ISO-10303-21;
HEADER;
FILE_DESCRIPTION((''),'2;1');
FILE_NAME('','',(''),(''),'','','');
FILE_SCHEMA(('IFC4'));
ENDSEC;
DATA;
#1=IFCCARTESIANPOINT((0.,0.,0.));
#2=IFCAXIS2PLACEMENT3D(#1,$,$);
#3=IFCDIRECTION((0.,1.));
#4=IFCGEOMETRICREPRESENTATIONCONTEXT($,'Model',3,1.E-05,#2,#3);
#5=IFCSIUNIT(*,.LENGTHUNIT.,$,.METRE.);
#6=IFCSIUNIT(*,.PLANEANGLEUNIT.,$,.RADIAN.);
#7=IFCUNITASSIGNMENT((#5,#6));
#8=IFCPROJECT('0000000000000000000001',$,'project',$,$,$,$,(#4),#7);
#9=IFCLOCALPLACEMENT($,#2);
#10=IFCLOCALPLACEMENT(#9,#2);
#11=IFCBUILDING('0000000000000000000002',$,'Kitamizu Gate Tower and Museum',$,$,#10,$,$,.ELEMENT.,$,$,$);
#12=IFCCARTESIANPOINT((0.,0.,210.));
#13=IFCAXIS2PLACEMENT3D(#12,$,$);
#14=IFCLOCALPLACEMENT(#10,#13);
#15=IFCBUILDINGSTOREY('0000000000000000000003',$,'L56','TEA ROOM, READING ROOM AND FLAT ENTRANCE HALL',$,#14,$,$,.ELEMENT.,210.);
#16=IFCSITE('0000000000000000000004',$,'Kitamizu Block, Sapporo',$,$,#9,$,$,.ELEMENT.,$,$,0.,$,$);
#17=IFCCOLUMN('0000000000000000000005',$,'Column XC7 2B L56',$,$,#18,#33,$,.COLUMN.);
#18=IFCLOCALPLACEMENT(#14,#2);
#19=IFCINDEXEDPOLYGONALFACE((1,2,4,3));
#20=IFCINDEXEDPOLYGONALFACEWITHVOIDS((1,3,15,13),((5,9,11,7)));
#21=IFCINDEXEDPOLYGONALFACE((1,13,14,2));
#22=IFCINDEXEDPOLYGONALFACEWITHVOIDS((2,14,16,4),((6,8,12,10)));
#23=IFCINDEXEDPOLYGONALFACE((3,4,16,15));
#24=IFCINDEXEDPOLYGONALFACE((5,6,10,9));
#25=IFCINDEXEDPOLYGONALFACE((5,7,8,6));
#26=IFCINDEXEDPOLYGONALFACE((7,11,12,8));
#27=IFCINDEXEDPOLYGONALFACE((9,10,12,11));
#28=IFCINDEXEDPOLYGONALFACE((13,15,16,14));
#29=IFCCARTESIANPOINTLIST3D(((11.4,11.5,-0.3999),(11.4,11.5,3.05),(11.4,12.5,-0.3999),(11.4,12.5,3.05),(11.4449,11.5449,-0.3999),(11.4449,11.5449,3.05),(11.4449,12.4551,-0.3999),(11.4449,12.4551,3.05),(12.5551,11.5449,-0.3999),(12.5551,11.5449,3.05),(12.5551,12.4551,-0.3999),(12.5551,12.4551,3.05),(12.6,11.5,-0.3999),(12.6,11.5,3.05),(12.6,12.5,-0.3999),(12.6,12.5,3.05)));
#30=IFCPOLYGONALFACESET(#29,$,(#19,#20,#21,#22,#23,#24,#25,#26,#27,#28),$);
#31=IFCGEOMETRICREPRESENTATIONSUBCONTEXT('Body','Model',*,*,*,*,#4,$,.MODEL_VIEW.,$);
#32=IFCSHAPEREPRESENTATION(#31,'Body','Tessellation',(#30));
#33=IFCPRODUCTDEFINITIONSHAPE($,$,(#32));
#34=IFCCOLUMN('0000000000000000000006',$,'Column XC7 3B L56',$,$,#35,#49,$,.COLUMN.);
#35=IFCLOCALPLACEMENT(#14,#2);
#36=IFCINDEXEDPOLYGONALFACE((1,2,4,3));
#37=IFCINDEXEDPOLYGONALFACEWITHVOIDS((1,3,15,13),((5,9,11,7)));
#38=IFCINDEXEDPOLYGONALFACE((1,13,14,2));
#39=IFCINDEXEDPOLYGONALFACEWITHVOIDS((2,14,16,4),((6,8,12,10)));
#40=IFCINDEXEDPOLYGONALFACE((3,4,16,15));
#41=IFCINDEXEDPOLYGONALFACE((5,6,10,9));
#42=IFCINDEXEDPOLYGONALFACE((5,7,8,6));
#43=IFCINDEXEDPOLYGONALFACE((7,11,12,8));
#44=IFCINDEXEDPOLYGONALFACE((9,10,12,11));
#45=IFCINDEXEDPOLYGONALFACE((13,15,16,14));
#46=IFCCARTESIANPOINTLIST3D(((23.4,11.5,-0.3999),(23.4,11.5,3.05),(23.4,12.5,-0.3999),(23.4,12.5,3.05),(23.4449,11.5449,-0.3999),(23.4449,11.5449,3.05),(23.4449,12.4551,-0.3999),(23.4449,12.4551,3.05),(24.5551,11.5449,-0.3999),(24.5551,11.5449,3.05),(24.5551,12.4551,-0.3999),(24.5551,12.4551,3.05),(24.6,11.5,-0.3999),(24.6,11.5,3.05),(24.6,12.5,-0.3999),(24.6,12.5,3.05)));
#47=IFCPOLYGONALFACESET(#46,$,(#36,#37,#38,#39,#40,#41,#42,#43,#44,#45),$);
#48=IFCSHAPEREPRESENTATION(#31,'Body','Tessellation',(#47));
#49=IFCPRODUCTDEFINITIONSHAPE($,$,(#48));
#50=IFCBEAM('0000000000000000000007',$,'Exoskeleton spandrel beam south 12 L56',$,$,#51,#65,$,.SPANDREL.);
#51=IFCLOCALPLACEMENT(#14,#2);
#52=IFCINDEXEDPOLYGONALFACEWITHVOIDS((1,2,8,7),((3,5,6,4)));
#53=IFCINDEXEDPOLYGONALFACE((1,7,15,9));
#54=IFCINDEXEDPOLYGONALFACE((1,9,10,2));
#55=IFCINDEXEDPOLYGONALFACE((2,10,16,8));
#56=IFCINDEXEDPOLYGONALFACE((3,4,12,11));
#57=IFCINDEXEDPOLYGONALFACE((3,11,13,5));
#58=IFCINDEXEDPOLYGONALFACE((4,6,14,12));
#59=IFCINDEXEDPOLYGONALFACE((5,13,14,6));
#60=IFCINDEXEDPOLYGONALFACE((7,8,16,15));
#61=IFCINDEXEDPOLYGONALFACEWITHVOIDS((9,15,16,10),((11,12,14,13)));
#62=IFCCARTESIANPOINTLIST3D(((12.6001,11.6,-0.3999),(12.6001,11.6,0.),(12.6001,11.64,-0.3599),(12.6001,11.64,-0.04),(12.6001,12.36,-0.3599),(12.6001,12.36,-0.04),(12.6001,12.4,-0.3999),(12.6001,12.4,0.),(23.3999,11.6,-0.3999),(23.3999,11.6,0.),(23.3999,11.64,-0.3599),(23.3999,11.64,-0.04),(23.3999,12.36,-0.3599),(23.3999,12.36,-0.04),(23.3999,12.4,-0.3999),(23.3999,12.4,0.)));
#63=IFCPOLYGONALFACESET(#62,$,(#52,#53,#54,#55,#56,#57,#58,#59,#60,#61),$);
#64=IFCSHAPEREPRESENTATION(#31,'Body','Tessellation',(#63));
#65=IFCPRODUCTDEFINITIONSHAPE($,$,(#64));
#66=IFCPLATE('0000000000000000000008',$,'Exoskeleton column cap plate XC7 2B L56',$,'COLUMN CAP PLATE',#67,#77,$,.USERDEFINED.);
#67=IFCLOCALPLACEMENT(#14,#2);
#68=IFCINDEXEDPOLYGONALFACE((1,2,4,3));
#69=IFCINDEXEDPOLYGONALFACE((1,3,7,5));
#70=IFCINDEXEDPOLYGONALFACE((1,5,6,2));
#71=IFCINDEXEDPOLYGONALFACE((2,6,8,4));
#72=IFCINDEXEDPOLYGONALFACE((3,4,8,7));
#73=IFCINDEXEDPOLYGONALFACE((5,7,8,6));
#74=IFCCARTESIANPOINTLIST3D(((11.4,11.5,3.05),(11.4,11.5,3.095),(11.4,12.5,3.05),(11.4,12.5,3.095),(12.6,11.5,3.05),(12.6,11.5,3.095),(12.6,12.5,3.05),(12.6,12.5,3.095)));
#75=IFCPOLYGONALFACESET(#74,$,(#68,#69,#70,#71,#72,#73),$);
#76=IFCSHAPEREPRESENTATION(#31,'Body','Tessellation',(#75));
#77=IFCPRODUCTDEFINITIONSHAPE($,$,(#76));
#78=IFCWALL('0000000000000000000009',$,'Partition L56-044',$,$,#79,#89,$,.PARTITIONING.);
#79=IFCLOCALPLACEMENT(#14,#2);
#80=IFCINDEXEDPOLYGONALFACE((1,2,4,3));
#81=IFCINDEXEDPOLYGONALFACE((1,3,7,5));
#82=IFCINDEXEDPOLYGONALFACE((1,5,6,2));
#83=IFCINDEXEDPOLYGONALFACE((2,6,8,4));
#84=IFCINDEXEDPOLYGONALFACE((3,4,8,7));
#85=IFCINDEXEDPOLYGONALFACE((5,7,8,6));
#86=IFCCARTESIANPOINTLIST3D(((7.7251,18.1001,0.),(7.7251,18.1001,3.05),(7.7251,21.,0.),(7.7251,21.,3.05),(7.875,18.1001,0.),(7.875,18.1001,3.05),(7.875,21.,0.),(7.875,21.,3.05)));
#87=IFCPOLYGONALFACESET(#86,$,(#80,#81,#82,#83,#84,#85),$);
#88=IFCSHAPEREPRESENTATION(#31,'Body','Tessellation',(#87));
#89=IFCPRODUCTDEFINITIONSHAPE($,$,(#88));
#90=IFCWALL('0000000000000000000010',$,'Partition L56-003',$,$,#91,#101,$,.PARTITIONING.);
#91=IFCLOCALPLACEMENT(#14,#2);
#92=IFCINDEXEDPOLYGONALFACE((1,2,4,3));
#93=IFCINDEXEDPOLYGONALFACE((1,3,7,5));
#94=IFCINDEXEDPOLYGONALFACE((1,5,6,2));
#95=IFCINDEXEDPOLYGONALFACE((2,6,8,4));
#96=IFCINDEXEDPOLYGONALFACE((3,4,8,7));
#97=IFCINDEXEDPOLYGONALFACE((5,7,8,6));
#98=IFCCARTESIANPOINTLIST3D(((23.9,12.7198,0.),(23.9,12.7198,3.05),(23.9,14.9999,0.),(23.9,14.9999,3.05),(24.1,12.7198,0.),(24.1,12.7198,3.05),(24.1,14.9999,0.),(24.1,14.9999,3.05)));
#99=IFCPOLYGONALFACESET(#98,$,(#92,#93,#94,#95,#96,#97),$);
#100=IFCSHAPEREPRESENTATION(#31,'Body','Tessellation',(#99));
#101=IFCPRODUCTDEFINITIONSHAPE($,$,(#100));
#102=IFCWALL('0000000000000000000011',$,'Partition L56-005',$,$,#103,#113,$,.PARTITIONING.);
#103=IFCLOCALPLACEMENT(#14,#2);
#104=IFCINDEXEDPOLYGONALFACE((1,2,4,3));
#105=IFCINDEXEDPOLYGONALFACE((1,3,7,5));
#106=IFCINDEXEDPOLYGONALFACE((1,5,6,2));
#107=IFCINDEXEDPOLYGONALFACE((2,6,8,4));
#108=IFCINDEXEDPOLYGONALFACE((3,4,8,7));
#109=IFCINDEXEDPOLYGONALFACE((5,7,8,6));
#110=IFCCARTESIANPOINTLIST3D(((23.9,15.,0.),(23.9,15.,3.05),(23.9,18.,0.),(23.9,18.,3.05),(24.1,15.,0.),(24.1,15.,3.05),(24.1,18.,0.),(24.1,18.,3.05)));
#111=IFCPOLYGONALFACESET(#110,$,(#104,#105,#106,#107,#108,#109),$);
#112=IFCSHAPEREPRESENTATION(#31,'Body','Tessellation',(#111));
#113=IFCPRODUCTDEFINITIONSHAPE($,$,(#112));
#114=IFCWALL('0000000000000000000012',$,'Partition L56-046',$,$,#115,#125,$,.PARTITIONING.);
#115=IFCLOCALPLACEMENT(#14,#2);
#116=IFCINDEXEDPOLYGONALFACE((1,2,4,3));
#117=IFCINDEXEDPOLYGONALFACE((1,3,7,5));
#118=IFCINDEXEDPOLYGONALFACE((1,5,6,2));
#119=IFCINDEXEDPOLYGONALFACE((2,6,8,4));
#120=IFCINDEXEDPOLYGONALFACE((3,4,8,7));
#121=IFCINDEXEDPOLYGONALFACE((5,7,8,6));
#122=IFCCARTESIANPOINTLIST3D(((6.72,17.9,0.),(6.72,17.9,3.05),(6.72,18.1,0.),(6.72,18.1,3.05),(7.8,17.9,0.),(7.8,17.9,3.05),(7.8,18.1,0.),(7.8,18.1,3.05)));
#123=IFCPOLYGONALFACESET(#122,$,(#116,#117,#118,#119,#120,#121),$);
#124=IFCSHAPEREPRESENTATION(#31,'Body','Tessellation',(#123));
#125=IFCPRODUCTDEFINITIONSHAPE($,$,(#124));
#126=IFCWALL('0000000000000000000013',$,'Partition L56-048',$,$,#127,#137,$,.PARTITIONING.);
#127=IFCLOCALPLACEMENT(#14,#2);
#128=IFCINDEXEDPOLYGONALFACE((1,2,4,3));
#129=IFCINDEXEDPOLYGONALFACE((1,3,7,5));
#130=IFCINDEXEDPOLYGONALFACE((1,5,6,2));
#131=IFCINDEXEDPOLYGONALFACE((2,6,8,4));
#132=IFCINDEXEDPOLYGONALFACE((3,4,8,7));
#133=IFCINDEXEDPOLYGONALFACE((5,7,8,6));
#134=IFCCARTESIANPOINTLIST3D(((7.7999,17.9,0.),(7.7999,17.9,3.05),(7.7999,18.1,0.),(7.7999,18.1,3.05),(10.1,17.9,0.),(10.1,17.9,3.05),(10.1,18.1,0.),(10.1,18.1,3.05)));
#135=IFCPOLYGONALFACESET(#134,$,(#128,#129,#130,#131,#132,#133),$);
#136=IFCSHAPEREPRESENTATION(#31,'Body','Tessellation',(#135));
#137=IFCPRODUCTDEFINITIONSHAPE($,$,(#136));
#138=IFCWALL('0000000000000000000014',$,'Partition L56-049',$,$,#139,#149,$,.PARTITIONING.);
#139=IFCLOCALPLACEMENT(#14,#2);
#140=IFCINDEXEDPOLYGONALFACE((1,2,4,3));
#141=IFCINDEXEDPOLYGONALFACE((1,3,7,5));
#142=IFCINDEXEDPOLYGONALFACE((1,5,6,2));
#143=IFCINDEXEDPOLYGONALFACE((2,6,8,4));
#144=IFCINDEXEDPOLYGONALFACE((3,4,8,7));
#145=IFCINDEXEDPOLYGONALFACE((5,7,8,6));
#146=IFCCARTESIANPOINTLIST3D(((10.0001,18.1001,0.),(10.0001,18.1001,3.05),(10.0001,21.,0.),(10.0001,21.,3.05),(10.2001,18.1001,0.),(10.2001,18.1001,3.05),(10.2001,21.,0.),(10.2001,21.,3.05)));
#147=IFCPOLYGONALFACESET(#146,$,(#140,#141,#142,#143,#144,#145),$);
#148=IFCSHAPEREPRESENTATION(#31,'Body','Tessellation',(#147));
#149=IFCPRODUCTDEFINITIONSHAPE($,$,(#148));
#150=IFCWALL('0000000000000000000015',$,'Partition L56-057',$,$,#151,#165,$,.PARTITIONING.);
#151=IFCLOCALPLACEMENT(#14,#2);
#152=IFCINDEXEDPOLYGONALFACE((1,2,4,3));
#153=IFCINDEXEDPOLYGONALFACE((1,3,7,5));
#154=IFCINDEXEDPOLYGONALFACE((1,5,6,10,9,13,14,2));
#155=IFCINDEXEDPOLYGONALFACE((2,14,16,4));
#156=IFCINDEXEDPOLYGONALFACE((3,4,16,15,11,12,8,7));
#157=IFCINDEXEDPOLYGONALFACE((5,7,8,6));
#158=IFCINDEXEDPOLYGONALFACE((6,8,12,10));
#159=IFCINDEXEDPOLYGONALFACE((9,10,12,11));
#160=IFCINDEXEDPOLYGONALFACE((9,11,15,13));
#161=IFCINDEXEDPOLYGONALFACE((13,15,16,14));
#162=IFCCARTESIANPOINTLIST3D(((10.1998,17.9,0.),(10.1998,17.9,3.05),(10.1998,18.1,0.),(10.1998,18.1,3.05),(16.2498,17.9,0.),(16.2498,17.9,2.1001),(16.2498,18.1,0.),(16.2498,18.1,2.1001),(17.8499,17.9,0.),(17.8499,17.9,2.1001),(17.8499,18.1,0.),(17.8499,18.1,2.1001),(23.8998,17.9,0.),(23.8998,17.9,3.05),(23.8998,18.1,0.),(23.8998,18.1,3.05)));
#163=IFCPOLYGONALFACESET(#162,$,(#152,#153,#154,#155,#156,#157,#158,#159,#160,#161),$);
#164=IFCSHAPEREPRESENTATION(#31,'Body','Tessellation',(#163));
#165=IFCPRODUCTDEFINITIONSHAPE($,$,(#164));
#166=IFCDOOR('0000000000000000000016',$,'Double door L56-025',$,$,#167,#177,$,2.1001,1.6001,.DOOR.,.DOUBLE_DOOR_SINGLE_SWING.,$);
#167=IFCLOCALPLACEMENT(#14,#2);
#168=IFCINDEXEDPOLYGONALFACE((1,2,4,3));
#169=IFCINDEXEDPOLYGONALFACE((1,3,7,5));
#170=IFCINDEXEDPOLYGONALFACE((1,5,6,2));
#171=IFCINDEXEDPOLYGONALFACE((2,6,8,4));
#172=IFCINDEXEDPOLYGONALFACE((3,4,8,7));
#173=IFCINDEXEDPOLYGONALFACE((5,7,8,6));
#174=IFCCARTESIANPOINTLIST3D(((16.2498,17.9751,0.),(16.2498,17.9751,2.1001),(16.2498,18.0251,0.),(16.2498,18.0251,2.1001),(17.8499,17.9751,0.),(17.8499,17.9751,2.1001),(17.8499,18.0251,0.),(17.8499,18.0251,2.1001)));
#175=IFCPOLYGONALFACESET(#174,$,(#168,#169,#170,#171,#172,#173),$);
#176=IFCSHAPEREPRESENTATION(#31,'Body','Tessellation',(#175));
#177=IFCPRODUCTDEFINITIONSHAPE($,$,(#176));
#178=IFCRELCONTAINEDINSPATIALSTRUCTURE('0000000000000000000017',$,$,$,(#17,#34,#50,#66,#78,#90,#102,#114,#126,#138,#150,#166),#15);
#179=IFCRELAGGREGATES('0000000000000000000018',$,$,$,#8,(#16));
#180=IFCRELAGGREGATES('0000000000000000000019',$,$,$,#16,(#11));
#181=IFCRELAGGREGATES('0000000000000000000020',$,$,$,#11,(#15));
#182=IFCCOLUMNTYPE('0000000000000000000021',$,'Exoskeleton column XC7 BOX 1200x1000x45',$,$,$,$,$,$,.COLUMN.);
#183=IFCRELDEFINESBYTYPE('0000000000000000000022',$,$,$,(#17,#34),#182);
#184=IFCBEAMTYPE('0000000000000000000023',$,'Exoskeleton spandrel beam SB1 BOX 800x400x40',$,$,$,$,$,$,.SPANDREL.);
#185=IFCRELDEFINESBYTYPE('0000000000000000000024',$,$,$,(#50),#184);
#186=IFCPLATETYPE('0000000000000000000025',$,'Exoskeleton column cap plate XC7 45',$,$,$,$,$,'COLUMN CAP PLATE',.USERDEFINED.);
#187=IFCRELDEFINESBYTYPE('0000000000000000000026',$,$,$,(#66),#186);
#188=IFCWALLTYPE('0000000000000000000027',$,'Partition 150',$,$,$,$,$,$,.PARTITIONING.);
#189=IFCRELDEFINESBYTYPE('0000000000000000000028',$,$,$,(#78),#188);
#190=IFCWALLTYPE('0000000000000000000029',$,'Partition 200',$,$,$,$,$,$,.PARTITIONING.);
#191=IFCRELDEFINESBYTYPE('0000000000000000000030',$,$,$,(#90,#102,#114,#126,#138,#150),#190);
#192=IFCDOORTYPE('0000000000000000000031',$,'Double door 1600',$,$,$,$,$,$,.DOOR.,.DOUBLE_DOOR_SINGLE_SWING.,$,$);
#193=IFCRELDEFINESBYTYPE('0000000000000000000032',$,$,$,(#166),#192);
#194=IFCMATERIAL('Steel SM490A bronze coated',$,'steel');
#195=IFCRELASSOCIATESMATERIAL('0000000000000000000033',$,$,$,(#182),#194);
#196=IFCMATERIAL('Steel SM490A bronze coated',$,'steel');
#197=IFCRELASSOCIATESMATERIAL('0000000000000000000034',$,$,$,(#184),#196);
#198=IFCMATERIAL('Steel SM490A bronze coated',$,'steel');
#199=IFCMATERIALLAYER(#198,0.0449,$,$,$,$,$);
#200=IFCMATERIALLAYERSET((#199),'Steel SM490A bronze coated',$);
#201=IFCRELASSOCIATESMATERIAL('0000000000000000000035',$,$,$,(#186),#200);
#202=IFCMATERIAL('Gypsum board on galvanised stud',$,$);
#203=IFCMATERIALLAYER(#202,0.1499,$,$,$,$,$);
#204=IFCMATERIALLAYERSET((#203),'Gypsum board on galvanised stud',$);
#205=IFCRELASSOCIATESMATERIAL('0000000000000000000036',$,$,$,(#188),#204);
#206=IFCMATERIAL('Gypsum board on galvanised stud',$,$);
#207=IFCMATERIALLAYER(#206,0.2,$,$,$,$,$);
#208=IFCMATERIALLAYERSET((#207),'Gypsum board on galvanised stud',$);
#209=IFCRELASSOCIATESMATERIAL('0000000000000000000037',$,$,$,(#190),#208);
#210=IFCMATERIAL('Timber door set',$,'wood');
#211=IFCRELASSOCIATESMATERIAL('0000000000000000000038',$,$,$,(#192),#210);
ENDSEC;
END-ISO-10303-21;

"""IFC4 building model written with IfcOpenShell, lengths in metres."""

from ifc_helpers import new_model, si_unit, direction, frame, frame_2d, origin, origin_2d, place, context, subcontext, project, spatial, rectangle, hollow_rectangle, extrude, material, layer, layer_set, material_profile, profile_set, type_object, element, fill, save


model = new_model("IFC4")

# Units and contexts
model_context = context("Model", 3, precision=1e-05, world=origin(), true_north=direction((0.0, 1.0)))
body_context = subcontext(model_context, "Body", "Model", "MODEL_VIEW")
ifc_project = project(units=[si_unit("LENGTHUNIT", "METRE"), si_unit("PLANEANGLEUNIT", "RADIAN")], contexts=[model_context])

# Site, building, storey
site_placement = place(None, origin())
site = spatial("IfcSite", under=ifc_project, at=site_placement, Name="Kitamizu Block, Sapporo", CompositionType="ELEMENT", RefElevation=0.0)
building_placement = place(site_placement, origin())
building = spatial("IfcBuilding", under=site, at=building_placement, Name="Kitamizu Gate Tower and Museum", CompositionType="ELEMENT")
storey_placement = place(building_placement, frame((0.0, 0.0, 210.0)))
storey = spatial("IfcBuildingStorey", under=building, at=storey_placement, Name="L56", Description="TEA ROOM, READING ROOM AND FLAT ENTRANCE HALL", CompositionType="ELEMENT", Elevation=210.0)

# Columns
ifc_material_1 = material(Name="Steel SM490A bronze coated", Category="steel")
ifc_material_profile_1 = material_profile(ifc_material_1, hollow_rectangle(XDim=1.2, YDim=1.0, WallThickness=0.0449, at=origin_2d()), Name="BOX 1200x1000x45")
ifc_profile_set_1 = profile_set([ifc_material_profile_1], Name="Steel SM490A bronze coated")
column_type = type_object("IfcColumnType", Name="Exoskeleton column XC7 BOX 1200x1000x45", PredefinedType="COLUMN", material=ifc_profile_set_1)
for number, where, z_axis, x_axis, name in (
    (1, (12.0, 12.0, -0.3999), (0.0, 0.0, 1.0), (1.0, 0.0, 0.0), "Column XC7 2B L56"),
    (2, (24.0, 12.0, -0.3999), (0.0, 0.0, 1.0), (1.0, 0.0, 0.0), "Column XC7 3B L56"),
):
    element("IfcColumn", number, at=place(storey_placement, frame(where, z_axis=z_axis, x_axis=x_axis)), inside=storey, type_object=column_type, Name=name, PredefinedType="COLUMN", context=body_context, shape_type="SweptSolid", body=[
        extrude(hollow_rectangle(XDim=1.2, YDim=1.0, WallThickness=0.0449, at=origin_2d()), origin(), (0.0, 0.0, 1.0), 3.45),
    ])

# Beam
ifc_material_2 = material(Name="Steel SM490A bronze coated", Category="steel")
ifc_material_profile_2 = material_profile(ifc_material_2, hollow_rectangle(XDim=0.8, YDim=0.3999, WallThickness=0.04, at=origin_2d()), Name="BOX 800x400x40")
ifc_profile_set_2 = profile_set([ifc_material_profile_2], Name="Steel SM490A bronze coated")
beam_type = type_object("IfcBeamType", Name="Exoskeleton spandrel beam SB1 BOX 800x400x40", PredefinedType="SPANDREL", material=ifc_profile_set_2)
beam_placement = place(storey_placement, frame((12.6001, 12.0, -0.2), z_axis=(1.0, 0.0, 0.0), x_axis=(0.0, 1.0, 0.0)))
element("IfcBeam", 3, at=beam_placement, inside=storey, type_object=beam_type, Name="Exoskeleton spandrel beam south 12 L56", PredefinedType="SPANDREL", context=body_context, shape_type="SweptSolid", body=[
    extrude(hollow_rectangle(XDim=0.8, YDim=0.3999, WallThickness=0.04, at=origin_2d()), origin(), (0.0, 0.0, 1.0), 10.7998),
])

# Plate
ifc_material_3 = material(Name="Steel SM490A bronze coated", Category="steel")
ifc_layer_1 = layer(ifc_material_3, 0.0449)
ifc_layer_set_1 = layer_set([ifc_layer_1], Name="Steel SM490A bronze coated")
plate_type = type_object("IfcPlateType", Name="Exoskeleton column cap plate XC7 45", ElementType="COLUMN CAP PLATE", PredefinedType="USERDEFINED", material=ifc_layer_set_1)
plate_placement = place(storey_placement, frame((12.0, 12.0, 3.05), z_axis=(0.0, 0.0, 1.0), x_axis=(1.0, 0.0, 0.0)))
element("IfcPlate", 4, at=plate_placement, inside=storey, type_object=plate_type, Name="Exoskeleton column cap plate XC7 2B L56", ObjectType="COLUMN CAP PLATE", PredefinedType="USERDEFINED", context=body_context, shape_type="SweptSolid", body=[
    extrude(rectangle(XDim=1.2, YDim=1.0, at=origin_2d()), origin(), (0.0, 0.0, 1.0), 0.0449),
])

# Walls
ifc_material_4 = material(Name="Gypsum board on galvanised stud")
ifc_layer_2 = layer(ifc_material_4, 0.1499)
ifc_layer_set_2 = layer_set([ifc_layer_2], Name="Gypsum board on galvanised stud")
wall_type_1 = type_object("IfcWallType", Name="Partition 150", PredefinedType="PARTITIONING", material=ifc_layer_set_2)
wall_1_placement = place(storey_placement, frame((7.8, 18.1001, 0.0), z_axis=(0.0, 0.0, 1.0), x_axis=(0.0, 1.0, 0.0)))
element("IfcWall", 5, at=wall_1_placement, inside=storey, type_object=wall_type_1, Name="Partition L56-044", PredefinedType="PARTITIONING", context=body_context, shape_type="SweptSolid", body=[
    extrude(rectangle(XDim=2.8999, YDim=0.1499, at=frame_2d((1.45, 0.0))), origin(), (0.0, 0.0, 1.0), 3.05),
])
ifc_material_5 = material(Name="Gypsum board on galvanised stud")
ifc_layer_3 = layer(ifc_material_5, 0.2)
ifc_layer_set_3 = layer_set([ifc_layer_3], Name="Gypsum board on galvanised stud")
wall_type_2 = type_object("IfcWallType", Name="Partition 200", PredefinedType="PARTITIONING", material=ifc_layer_set_3)
wall_2_placement = place(storey_placement, frame((24.0, 15.0, 0.0), z_axis=(0.0, 0.0, 1.0), x_axis=(0.0, -1.0, 0.0)))
element("IfcWall", 6, at=wall_2_placement, inside=storey, type_object=wall_type_2, Name="Partition L56-003", PredefinedType="PARTITIONING", context=body_context, shape_type="SweptSolid", body=[
    extrude(rectangle(XDim=2.28, YDim=0.2, at=frame_2d((1.1401, 0.0))), origin(), (0.0, 0.0, 1.0), 3.05),
])
wall_3_placement = place(storey_placement, frame((24.0, 18.0, 0.0), z_axis=(0.0, 0.0, 1.0), x_axis=(0.0, -1.0, 0.0)))
element("IfcWall", 7, at=wall_3_placement, inside=storey, type_object=wall_type_2, Name="Partition L56-005", PredefinedType="PARTITIONING", context=body_context, shape_type="SweptSolid", body=[
    extrude(rectangle(XDim=3.0, YDim=0.2, at=frame_2d((1.5, 0.0))), origin(), (0.0, 0.0, 1.0), 3.05),
])
wall_4_placement = place(storey_placement, frame((6.72, 18.0, 0.0), z_axis=(0.0, 0.0, 1.0), x_axis=(1.0, 0.0, 0.0)))
element("IfcWall", 8, at=wall_4_placement, inside=storey, type_object=wall_type_2, Name="Partition L56-046", PredefinedType="PARTITIONING", context=body_context, shape_type="SweptSolid", body=[
    extrude(rectangle(XDim=1.0801, YDim=0.2, at=frame_2d((0.54, 0.0))), origin(), (0.0, 0.0, 1.0), 3.05),
])
wall_5_placement = place(storey_placement, frame((7.8, 18.0, 0.0), z_axis=(0.0, 0.0, 1.0), x_axis=(1.0, 0.0, 0.0)))
element("IfcWall", 9, at=wall_5_placement, inside=storey, type_object=wall_type_2, Name="Partition L56-048", PredefinedType="PARTITIONING", context=body_context, shape_type="SweptSolid", body=[
    extrude(rectangle(XDim=2.3, YDim=0.2, at=frame_2d((1.1499, 0.0))), origin(), (0.0, 0.0, 1.0), 3.05),
])
wall_6_placement = place(storey_placement, frame((10.1001, 18.1001, 0.0), z_axis=(0.0, 0.0, 1.0), x_axis=(0.0, 1.0, 0.0)))
element("IfcWall", 10, at=wall_6_placement, inside=storey, type_object=wall_type_2, Name="Partition L56-049", PredefinedType="PARTITIONING", context=body_context, shape_type="SweptSolid", body=[
    extrude(rectangle(XDim=2.8999, YDim=0.2, at=frame_2d((1.45, 0.0))), origin(), (0.0, 0.0, 1.0), 3.05),
])

# Wall, opening, door
wall_7_placement = place(storey_placement, frame((23.8999, 18.0, 0.0), z_axis=(0.0, 0.0, 1.0), x_axis=(-1.0, 0.0, 0.0)))
wall_7 = element("IfcWall", 11, at=wall_7_placement, inside=storey, type_object=wall_type_2, Name="Partition L56-057", PredefinedType="PARTITIONING", context=body_context, shape_type="SweptSolid", body=[
    extrude(rectangle(XDim=13.7, YDim=0.2, at=frame_2d((6.8501, 0.0))), origin(), (0.0, 0.0, 1.0), 3.05),
])
opening_1_placement = place(wall_7_placement, frame((6.05, 0.0, 0.0)))
opening_1 = element("IfcOpeningElement", 12, at=opening_1_placement, cuts=wall_7, PredefinedType="OPENING", context=body_context, shape_type="SweptSolid", body=[
    extrude(rectangle(XDim=1.6001, YDim=2.1001, at=frame_2d((0.8, 1.05))), frame((0.0, 0.1099, 0.0), z_axis=(0.0, -1.0, 0.0), x_axis=(1.0, 0.0, 0.0)), (0.0, 0.0, 1.0), 0.22),
])
ifc_material_6 = material(Name="Timber door set", Category="wood")
door_type = type_object("IfcDoorType", Name="Double door 1600", OperationType="DOUBLE_DOOR_SINGLE_SWING", PredefinedType="DOOR", material=ifc_material_6)
door_placement = place(opening_1_placement, origin())
door = element("IfcDoor", 13, at=door_placement, inside=storey, type_object=door_type, Name="Double door L56-025", OperationType="DOUBLE_DOOR_SINGLE_SWING", OverallHeight=2.1001, OverallWidth=1.6001, PredefinedType="DOOR", context=body_context, shape_type="SweptSolid", body=[
    extrude(rectangle(XDim=1.6001, YDim=2.1001, at=frame_2d((0.8, 1.05))), frame((0.0, 0.0249, 0.0), z_axis=(0.0, -1.0, 0.0), x_axis=(1.0, 0.0, 0.0)), (0.0, 0.0, 1.0), 0.05),
])
fill(opening_1, door)

save(model, "model.ifc")
